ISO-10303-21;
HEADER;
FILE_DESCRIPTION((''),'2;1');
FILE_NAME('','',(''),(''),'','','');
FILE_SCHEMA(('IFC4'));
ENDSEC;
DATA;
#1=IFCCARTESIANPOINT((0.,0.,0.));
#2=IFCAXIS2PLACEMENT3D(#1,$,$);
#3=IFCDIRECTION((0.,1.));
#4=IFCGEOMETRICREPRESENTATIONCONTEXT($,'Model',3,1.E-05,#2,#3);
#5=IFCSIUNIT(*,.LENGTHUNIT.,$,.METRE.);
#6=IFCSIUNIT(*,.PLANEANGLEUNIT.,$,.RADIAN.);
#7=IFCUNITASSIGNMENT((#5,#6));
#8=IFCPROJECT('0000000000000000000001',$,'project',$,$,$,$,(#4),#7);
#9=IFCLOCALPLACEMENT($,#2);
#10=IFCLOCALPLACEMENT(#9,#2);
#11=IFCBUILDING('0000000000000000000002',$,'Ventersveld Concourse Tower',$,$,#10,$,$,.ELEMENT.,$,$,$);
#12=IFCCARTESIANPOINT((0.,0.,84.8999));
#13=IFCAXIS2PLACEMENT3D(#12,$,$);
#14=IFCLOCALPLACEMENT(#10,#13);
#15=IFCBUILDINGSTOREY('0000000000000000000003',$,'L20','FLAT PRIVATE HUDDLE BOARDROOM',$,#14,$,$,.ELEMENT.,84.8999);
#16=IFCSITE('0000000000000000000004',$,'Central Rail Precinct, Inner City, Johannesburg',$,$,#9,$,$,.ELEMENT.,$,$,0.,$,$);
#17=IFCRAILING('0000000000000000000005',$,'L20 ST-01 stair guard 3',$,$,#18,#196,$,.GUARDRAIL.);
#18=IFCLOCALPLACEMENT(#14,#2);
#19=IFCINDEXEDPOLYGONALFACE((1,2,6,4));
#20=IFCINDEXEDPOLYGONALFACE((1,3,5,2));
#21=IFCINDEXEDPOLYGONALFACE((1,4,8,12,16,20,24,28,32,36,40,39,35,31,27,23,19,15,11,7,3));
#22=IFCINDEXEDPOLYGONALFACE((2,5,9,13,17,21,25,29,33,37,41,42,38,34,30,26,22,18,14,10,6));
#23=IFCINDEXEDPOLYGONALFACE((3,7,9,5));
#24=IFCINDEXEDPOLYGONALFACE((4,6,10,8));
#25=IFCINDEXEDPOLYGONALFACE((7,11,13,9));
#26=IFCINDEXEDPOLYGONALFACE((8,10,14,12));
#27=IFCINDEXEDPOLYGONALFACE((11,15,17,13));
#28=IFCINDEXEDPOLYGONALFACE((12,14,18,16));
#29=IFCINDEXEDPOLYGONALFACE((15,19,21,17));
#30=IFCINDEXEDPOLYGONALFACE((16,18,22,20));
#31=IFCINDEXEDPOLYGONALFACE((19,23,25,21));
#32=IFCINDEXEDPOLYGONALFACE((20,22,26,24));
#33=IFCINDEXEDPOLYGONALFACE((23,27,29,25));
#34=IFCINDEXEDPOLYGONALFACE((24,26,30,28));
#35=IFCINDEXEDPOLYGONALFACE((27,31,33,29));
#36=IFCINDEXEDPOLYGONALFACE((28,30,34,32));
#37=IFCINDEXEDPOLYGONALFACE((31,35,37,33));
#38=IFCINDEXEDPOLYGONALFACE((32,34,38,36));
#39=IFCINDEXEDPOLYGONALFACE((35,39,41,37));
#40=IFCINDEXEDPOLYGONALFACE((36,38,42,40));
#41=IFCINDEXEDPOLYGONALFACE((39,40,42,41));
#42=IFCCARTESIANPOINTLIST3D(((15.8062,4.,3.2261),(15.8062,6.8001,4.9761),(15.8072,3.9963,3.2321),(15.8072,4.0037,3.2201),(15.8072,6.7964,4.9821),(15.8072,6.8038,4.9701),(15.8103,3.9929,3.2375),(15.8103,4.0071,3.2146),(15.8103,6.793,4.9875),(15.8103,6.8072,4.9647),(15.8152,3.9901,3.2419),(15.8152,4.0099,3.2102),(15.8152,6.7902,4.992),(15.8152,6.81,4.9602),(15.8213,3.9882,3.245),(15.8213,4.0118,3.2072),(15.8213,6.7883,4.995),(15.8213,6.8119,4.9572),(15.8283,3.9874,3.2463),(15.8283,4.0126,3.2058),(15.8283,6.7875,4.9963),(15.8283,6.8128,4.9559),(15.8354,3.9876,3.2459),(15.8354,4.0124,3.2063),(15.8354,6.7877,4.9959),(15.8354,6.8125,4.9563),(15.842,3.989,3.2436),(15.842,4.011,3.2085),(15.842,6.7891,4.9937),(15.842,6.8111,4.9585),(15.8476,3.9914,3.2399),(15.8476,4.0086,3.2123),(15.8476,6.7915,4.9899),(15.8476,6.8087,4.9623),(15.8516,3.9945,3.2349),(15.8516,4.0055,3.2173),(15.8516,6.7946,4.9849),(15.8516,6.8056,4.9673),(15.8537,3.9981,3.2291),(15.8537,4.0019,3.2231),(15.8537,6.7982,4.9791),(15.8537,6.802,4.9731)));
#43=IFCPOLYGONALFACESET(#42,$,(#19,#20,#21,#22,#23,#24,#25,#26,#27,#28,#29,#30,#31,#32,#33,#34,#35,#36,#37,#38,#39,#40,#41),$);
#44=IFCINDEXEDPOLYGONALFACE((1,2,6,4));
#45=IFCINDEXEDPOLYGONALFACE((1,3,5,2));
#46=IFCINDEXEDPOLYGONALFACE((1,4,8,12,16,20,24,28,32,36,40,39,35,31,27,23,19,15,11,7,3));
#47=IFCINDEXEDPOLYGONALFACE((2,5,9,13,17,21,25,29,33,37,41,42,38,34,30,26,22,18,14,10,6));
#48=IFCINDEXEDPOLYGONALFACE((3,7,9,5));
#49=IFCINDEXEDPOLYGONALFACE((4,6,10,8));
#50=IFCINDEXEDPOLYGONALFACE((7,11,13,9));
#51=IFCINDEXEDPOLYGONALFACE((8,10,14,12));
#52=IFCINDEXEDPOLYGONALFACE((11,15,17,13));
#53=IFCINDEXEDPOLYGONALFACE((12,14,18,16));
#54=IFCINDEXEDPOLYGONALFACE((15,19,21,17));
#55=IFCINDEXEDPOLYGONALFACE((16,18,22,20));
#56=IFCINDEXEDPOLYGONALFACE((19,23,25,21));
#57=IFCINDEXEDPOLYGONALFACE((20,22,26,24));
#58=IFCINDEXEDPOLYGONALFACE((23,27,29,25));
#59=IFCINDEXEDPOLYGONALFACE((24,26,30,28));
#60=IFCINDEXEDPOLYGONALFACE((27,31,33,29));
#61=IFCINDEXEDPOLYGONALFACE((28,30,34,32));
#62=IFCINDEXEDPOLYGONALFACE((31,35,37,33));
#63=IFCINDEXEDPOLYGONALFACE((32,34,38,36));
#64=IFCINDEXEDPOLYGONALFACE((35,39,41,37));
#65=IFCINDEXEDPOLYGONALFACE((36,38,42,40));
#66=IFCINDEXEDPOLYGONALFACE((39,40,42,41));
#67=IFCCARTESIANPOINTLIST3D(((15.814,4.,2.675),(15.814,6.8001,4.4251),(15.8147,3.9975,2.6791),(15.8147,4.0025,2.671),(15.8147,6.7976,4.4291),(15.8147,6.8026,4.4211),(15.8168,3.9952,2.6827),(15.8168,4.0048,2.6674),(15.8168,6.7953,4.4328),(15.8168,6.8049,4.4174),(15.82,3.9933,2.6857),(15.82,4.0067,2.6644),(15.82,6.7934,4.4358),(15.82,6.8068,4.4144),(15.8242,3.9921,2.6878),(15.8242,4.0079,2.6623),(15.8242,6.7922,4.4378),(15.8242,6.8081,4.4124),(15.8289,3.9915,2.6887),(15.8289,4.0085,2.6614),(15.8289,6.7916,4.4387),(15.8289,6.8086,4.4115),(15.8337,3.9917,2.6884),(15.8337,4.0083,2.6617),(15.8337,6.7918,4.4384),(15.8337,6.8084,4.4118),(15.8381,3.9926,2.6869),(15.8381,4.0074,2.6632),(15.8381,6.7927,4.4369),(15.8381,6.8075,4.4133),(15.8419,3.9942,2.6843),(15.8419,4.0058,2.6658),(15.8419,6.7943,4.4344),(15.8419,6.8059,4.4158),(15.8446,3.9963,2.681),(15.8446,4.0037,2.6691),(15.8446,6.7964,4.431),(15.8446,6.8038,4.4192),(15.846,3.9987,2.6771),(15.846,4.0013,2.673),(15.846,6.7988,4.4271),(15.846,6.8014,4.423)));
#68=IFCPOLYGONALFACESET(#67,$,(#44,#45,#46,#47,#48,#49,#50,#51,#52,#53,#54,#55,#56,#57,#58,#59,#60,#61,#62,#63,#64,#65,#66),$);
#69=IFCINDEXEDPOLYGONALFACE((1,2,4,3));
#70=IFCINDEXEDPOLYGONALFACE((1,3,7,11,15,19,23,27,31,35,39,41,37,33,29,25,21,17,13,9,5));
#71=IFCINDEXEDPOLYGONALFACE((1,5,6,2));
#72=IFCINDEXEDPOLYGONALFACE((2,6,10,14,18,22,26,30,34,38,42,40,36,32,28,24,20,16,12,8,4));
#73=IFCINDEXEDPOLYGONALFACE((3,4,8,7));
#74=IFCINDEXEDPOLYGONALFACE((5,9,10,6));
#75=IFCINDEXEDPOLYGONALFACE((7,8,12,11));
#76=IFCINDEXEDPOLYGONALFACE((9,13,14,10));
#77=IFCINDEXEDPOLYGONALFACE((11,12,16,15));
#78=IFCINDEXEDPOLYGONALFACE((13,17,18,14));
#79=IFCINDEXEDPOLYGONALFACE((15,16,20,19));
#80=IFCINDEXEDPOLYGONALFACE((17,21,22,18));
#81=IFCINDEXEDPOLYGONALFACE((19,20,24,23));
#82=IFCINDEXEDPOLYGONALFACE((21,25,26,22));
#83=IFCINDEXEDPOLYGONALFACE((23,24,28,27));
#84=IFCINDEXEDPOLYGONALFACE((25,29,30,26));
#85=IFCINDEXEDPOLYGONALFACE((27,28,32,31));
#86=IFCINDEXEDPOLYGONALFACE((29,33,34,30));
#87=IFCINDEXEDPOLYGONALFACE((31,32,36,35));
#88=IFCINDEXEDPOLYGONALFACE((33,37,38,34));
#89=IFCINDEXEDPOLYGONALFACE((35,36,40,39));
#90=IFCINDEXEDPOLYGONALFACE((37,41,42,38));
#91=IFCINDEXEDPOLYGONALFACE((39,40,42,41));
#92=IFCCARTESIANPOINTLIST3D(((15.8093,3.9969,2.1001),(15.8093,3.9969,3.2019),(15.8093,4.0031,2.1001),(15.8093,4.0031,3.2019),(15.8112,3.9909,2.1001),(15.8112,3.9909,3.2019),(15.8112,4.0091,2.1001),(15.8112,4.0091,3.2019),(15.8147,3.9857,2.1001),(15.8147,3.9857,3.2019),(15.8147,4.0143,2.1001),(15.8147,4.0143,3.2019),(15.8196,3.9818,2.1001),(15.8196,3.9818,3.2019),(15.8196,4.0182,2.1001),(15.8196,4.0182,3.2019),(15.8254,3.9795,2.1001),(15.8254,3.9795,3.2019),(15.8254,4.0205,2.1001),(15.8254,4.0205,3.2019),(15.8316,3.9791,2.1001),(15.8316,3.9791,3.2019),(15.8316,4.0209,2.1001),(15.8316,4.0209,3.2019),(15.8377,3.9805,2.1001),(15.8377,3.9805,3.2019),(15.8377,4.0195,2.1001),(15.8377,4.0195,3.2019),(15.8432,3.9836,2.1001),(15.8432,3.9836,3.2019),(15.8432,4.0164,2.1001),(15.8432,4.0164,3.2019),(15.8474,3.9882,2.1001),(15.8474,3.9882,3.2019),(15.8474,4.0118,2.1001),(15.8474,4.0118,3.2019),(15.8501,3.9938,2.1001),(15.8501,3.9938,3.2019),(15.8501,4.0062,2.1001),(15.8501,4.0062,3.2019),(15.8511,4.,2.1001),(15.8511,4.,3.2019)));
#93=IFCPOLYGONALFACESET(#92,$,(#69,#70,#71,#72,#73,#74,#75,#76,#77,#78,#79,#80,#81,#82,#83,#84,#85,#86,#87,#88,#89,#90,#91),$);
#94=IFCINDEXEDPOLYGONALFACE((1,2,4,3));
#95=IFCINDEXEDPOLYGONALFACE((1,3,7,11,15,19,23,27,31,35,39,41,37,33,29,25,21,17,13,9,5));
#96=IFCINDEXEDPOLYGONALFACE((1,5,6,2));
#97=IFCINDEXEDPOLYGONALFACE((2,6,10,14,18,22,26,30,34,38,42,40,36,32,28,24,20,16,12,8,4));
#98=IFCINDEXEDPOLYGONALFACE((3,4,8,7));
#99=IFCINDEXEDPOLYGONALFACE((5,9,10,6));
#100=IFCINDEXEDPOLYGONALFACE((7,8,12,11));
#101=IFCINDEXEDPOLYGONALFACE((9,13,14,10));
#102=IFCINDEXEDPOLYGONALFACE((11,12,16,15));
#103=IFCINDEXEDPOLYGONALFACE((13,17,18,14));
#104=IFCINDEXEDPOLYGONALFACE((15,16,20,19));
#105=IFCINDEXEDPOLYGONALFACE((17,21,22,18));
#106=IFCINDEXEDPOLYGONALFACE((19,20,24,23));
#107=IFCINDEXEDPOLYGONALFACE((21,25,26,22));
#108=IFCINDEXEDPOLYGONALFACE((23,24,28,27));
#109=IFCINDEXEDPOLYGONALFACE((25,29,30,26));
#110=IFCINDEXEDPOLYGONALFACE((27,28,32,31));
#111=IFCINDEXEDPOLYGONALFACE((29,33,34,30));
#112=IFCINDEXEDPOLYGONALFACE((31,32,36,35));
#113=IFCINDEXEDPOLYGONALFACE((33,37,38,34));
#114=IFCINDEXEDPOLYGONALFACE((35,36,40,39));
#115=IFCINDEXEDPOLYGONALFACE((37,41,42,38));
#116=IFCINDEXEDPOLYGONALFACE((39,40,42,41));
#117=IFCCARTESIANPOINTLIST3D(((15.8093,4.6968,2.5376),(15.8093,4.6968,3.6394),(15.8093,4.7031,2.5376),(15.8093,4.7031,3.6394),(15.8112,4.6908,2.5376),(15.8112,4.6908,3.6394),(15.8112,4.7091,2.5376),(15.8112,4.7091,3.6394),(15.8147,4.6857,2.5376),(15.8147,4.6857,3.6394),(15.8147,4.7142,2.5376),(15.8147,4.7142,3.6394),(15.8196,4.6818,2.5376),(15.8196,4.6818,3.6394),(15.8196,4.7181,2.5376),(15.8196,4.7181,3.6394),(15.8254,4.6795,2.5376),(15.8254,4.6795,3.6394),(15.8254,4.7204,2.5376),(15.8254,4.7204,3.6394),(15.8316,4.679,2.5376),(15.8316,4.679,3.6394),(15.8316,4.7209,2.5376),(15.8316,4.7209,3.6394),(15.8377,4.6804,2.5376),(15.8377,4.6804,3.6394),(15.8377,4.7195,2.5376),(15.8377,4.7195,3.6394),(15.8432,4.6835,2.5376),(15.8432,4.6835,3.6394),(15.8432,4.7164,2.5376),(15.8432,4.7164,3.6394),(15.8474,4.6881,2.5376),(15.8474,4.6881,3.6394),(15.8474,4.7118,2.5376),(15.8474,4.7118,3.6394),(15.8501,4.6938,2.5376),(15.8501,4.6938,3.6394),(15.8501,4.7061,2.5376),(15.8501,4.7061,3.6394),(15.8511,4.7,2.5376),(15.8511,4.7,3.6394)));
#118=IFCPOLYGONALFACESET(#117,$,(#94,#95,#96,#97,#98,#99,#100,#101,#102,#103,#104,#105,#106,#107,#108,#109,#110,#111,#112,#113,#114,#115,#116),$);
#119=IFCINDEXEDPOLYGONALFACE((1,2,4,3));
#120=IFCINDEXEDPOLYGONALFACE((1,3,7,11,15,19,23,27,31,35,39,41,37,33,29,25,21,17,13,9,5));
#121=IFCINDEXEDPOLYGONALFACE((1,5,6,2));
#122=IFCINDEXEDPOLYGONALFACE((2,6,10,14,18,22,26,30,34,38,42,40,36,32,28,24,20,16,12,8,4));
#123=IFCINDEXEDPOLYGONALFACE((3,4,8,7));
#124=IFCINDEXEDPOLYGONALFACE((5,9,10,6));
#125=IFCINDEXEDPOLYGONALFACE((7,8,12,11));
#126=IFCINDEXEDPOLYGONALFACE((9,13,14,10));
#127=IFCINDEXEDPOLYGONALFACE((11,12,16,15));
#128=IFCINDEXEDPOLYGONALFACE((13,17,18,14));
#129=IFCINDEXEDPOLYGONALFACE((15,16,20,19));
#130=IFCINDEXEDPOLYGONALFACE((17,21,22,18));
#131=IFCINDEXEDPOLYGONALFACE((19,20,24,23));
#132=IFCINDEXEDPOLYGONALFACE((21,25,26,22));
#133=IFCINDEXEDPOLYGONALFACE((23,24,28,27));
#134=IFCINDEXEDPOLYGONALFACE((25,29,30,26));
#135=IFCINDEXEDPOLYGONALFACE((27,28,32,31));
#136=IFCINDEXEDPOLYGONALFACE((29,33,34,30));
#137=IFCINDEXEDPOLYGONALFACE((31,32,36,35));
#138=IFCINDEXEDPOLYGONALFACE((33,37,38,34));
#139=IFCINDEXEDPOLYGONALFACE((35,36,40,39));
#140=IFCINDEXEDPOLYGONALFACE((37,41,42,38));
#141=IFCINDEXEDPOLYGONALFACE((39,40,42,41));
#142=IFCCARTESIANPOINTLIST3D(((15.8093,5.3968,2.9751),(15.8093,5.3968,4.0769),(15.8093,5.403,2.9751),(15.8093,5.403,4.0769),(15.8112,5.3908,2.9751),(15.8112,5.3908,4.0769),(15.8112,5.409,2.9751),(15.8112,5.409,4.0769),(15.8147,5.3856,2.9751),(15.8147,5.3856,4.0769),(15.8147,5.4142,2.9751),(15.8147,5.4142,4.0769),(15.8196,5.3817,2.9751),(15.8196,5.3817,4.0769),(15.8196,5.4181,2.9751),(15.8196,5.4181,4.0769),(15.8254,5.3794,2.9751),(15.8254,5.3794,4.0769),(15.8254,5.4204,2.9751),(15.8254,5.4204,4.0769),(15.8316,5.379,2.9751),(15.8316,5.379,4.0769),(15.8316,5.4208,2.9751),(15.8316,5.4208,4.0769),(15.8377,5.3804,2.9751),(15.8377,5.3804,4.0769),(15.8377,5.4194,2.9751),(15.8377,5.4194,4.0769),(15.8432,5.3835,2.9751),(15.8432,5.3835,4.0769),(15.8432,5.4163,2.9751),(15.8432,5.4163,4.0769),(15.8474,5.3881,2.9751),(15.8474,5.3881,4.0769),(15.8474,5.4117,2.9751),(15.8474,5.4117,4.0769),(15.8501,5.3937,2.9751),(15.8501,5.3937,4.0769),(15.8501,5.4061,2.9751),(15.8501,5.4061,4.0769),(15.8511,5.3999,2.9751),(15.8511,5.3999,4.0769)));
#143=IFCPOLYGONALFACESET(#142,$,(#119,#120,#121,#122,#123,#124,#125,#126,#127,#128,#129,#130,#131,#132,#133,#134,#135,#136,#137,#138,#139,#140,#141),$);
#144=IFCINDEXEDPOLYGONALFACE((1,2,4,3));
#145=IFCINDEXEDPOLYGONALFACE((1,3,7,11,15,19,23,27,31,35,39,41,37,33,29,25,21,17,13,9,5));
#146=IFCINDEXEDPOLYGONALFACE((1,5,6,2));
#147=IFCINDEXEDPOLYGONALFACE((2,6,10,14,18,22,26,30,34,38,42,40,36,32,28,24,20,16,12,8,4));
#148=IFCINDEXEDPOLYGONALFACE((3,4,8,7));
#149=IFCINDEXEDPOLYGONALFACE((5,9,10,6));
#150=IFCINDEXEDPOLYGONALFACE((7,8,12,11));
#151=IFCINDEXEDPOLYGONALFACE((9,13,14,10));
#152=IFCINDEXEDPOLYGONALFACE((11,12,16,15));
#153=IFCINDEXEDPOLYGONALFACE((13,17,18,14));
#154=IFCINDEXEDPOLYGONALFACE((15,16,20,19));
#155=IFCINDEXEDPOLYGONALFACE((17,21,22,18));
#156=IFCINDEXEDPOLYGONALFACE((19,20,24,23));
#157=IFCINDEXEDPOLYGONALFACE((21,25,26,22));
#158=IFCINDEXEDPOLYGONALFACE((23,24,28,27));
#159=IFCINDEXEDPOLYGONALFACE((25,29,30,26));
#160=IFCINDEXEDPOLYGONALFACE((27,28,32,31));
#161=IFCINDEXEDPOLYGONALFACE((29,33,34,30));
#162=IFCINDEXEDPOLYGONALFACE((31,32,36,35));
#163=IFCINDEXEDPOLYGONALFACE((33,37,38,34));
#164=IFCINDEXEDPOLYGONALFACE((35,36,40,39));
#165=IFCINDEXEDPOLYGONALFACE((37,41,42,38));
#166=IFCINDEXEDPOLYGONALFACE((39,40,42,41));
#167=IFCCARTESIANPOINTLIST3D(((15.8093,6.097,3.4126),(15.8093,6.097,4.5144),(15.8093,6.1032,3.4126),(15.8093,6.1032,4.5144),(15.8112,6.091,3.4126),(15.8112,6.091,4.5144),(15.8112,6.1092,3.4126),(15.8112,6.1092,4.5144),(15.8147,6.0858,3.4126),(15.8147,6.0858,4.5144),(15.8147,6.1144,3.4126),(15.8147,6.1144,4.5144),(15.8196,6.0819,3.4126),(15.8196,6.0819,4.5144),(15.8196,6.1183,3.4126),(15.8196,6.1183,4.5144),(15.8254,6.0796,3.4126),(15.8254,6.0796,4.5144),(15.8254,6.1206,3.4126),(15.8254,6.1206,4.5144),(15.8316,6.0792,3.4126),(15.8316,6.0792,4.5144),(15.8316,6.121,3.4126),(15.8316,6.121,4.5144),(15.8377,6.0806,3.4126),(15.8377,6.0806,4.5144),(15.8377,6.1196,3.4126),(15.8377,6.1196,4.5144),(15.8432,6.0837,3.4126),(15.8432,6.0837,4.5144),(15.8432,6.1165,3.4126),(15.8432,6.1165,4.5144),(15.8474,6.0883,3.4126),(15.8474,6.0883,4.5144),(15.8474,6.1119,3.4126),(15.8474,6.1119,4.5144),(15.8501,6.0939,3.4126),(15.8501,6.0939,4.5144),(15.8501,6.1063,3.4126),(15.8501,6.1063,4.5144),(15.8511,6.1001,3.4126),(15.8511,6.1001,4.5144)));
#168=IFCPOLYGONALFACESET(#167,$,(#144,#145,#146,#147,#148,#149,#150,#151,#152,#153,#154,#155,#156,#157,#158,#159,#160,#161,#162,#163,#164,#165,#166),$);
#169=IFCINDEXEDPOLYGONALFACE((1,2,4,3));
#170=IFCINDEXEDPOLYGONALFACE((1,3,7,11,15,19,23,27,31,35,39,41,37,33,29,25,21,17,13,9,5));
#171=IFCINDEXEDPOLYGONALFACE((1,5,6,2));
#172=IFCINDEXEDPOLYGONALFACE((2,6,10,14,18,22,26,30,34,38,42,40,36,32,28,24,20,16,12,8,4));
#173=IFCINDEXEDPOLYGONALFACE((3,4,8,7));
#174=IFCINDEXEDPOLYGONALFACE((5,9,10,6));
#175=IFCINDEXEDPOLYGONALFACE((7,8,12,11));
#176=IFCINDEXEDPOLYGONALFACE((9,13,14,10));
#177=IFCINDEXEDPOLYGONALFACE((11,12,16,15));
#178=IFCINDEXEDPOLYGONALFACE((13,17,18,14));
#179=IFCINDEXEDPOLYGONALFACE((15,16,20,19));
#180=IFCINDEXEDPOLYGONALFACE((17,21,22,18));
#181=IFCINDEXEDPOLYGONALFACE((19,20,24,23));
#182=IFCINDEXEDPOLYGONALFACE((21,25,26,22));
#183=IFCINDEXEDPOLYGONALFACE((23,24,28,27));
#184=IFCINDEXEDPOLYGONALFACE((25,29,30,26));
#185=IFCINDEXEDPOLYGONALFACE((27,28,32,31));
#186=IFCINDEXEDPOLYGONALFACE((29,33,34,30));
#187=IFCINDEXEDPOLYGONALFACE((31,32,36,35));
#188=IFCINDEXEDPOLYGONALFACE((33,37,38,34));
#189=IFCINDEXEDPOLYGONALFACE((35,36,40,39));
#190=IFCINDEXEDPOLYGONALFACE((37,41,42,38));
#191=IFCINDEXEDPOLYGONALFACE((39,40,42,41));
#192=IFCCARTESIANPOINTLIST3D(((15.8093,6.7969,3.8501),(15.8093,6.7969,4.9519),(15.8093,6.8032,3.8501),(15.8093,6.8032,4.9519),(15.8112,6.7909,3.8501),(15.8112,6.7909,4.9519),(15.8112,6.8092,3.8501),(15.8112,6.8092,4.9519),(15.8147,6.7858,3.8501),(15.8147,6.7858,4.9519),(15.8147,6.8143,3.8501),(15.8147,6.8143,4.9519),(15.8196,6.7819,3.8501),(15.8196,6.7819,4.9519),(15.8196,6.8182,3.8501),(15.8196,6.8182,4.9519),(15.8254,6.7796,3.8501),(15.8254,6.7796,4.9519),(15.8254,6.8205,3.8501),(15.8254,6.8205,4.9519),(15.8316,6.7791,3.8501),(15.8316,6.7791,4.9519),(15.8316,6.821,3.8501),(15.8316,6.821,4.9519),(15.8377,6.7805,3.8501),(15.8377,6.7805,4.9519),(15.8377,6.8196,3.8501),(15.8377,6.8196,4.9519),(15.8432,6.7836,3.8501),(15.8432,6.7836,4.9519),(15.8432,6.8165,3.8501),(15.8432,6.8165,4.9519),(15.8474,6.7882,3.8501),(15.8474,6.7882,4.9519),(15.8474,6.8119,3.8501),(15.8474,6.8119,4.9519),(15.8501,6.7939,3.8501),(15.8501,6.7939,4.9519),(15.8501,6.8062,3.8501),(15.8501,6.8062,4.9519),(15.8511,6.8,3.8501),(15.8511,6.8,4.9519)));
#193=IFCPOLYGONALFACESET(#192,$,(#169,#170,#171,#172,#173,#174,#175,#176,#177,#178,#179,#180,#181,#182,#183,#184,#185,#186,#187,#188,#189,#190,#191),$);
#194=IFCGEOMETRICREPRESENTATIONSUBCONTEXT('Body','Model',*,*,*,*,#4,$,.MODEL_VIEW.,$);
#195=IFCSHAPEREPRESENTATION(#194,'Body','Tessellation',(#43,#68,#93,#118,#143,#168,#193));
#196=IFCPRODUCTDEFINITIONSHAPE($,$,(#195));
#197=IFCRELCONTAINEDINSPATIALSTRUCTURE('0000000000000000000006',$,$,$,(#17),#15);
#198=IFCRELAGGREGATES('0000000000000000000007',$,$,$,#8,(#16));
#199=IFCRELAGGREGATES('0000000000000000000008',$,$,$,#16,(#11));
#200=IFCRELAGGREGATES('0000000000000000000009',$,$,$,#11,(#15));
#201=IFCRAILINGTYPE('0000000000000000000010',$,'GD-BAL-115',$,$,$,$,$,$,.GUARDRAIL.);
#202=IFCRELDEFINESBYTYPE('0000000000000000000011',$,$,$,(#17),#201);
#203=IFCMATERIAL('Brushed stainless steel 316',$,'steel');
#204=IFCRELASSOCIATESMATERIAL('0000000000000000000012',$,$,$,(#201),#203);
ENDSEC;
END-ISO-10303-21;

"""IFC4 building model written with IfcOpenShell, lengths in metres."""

from ifc_helpers import new_model, si_unit, direction, frame, origin, origin_2d, place, context, subcontext, project, spatial, circle, extrude, material, type_object, element, save


model = new_model("IFC4")

# Units and contexts
model_context = context("Model", 3, precision=1e-05, world=origin(), true_north=direction((0.0, 1.0)))
body_context = subcontext(model_context, "Body", "Model", "MODEL_VIEW")
ifc_project = project(units=[si_unit("LENGTHUNIT", "METRE"), si_unit("PLANEANGLEUNIT", "RADIAN")], contexts=[model_context])

# Site, building, storey
site_placement = place(None, origin())
site = spatial("IfcSite", under=ifc_project, at=site_placement, Name="Central Rail Precinct, Inner City, Johannesburg", CompositionType="ELEMENT", RefElevation=0.0)
building_placement = place(site_placement, origin())
building = spatial("IfcBuilding", under=site, at=building_placement, Name="Ventersveld Concourse Tower", CompositionType="ELEMENT")
storey_placement = place(building_placement, frame((0.0, 0.0, 84.8999)))
storey = spatial("IfcBuildingStorey", under=building, at=storey_placement, Name="L20", Description="FLAT PRIVATE HUDDLE BOARDROOM", CompositionType="ELEMENT", Elevation=84.8999)

# Railing
ifc_material_1 = material(Name="Brushed stainless steel 316", Category="steel")
railing_type_1 = type_object("IfcRailingType", Name="GD-BAL-115", PredefinedType="GUARDRAIL", material=ifc_material_1)
railing_1_placement = place(storey_placement, frame((15.8301, 4.0, 2.1001)))
element("IfcRailing", 1, at=railing_1_placement, inside=storey, type_object=railing_type_1, Name="L20 ST-01 stair guard 3", PredefinedType="GUARDRAIL", context=body_context, shape_type="SweptSolid", body=[
    extrude(circle(Radius=0.0239, at=origin_2d()), frame((0.0, 0.0, 1.126), z_axis=(0.0, 0.848002, 0.529992), x_axis=(-1.0, 0.0, 0.0)), (0.0, 0.0, 1.0), 3.302),
    extrude(circle(Radius=0.0161, at=origin_2d()), frame((0.0, 0.0, 0.575), z_axis=(0.0, 0.848002, 0.529992), x_axis=(-1.0, 0.0, 0.0)), (0.0, 0.0, 1.0), 3.302),
    extrude(circle(Radius=0.021, at=origin_2d()), origin(), (0.0, 0.0, 1.0), 1.1018),
    extrude(circle(Radius=0.021, at=origin_2d()), frame((0.0, 0.7, 0.4375)), (0.0, 0.0, 1.0), 1.1018),
    extrude(circle(Radius=0.021, at=origin_2d()), frame((0.0, 1.3999, 0.875)), (0.0, 0.0, 1.0), 1.1018),
    extrude(circle(Radius=0.021, at=origin_2d()), frame((0.0, 2.1001, 1.3125)), (0.0, 0.0, 1.0), 1.1018),
    extrude(circle(Radius=0.021, at=origin_2d()), frame((0.0, 2.8, 1.75)), (0.0, 0.0, 1.0), 1.1018),
])

save(model, "model.ifc")
